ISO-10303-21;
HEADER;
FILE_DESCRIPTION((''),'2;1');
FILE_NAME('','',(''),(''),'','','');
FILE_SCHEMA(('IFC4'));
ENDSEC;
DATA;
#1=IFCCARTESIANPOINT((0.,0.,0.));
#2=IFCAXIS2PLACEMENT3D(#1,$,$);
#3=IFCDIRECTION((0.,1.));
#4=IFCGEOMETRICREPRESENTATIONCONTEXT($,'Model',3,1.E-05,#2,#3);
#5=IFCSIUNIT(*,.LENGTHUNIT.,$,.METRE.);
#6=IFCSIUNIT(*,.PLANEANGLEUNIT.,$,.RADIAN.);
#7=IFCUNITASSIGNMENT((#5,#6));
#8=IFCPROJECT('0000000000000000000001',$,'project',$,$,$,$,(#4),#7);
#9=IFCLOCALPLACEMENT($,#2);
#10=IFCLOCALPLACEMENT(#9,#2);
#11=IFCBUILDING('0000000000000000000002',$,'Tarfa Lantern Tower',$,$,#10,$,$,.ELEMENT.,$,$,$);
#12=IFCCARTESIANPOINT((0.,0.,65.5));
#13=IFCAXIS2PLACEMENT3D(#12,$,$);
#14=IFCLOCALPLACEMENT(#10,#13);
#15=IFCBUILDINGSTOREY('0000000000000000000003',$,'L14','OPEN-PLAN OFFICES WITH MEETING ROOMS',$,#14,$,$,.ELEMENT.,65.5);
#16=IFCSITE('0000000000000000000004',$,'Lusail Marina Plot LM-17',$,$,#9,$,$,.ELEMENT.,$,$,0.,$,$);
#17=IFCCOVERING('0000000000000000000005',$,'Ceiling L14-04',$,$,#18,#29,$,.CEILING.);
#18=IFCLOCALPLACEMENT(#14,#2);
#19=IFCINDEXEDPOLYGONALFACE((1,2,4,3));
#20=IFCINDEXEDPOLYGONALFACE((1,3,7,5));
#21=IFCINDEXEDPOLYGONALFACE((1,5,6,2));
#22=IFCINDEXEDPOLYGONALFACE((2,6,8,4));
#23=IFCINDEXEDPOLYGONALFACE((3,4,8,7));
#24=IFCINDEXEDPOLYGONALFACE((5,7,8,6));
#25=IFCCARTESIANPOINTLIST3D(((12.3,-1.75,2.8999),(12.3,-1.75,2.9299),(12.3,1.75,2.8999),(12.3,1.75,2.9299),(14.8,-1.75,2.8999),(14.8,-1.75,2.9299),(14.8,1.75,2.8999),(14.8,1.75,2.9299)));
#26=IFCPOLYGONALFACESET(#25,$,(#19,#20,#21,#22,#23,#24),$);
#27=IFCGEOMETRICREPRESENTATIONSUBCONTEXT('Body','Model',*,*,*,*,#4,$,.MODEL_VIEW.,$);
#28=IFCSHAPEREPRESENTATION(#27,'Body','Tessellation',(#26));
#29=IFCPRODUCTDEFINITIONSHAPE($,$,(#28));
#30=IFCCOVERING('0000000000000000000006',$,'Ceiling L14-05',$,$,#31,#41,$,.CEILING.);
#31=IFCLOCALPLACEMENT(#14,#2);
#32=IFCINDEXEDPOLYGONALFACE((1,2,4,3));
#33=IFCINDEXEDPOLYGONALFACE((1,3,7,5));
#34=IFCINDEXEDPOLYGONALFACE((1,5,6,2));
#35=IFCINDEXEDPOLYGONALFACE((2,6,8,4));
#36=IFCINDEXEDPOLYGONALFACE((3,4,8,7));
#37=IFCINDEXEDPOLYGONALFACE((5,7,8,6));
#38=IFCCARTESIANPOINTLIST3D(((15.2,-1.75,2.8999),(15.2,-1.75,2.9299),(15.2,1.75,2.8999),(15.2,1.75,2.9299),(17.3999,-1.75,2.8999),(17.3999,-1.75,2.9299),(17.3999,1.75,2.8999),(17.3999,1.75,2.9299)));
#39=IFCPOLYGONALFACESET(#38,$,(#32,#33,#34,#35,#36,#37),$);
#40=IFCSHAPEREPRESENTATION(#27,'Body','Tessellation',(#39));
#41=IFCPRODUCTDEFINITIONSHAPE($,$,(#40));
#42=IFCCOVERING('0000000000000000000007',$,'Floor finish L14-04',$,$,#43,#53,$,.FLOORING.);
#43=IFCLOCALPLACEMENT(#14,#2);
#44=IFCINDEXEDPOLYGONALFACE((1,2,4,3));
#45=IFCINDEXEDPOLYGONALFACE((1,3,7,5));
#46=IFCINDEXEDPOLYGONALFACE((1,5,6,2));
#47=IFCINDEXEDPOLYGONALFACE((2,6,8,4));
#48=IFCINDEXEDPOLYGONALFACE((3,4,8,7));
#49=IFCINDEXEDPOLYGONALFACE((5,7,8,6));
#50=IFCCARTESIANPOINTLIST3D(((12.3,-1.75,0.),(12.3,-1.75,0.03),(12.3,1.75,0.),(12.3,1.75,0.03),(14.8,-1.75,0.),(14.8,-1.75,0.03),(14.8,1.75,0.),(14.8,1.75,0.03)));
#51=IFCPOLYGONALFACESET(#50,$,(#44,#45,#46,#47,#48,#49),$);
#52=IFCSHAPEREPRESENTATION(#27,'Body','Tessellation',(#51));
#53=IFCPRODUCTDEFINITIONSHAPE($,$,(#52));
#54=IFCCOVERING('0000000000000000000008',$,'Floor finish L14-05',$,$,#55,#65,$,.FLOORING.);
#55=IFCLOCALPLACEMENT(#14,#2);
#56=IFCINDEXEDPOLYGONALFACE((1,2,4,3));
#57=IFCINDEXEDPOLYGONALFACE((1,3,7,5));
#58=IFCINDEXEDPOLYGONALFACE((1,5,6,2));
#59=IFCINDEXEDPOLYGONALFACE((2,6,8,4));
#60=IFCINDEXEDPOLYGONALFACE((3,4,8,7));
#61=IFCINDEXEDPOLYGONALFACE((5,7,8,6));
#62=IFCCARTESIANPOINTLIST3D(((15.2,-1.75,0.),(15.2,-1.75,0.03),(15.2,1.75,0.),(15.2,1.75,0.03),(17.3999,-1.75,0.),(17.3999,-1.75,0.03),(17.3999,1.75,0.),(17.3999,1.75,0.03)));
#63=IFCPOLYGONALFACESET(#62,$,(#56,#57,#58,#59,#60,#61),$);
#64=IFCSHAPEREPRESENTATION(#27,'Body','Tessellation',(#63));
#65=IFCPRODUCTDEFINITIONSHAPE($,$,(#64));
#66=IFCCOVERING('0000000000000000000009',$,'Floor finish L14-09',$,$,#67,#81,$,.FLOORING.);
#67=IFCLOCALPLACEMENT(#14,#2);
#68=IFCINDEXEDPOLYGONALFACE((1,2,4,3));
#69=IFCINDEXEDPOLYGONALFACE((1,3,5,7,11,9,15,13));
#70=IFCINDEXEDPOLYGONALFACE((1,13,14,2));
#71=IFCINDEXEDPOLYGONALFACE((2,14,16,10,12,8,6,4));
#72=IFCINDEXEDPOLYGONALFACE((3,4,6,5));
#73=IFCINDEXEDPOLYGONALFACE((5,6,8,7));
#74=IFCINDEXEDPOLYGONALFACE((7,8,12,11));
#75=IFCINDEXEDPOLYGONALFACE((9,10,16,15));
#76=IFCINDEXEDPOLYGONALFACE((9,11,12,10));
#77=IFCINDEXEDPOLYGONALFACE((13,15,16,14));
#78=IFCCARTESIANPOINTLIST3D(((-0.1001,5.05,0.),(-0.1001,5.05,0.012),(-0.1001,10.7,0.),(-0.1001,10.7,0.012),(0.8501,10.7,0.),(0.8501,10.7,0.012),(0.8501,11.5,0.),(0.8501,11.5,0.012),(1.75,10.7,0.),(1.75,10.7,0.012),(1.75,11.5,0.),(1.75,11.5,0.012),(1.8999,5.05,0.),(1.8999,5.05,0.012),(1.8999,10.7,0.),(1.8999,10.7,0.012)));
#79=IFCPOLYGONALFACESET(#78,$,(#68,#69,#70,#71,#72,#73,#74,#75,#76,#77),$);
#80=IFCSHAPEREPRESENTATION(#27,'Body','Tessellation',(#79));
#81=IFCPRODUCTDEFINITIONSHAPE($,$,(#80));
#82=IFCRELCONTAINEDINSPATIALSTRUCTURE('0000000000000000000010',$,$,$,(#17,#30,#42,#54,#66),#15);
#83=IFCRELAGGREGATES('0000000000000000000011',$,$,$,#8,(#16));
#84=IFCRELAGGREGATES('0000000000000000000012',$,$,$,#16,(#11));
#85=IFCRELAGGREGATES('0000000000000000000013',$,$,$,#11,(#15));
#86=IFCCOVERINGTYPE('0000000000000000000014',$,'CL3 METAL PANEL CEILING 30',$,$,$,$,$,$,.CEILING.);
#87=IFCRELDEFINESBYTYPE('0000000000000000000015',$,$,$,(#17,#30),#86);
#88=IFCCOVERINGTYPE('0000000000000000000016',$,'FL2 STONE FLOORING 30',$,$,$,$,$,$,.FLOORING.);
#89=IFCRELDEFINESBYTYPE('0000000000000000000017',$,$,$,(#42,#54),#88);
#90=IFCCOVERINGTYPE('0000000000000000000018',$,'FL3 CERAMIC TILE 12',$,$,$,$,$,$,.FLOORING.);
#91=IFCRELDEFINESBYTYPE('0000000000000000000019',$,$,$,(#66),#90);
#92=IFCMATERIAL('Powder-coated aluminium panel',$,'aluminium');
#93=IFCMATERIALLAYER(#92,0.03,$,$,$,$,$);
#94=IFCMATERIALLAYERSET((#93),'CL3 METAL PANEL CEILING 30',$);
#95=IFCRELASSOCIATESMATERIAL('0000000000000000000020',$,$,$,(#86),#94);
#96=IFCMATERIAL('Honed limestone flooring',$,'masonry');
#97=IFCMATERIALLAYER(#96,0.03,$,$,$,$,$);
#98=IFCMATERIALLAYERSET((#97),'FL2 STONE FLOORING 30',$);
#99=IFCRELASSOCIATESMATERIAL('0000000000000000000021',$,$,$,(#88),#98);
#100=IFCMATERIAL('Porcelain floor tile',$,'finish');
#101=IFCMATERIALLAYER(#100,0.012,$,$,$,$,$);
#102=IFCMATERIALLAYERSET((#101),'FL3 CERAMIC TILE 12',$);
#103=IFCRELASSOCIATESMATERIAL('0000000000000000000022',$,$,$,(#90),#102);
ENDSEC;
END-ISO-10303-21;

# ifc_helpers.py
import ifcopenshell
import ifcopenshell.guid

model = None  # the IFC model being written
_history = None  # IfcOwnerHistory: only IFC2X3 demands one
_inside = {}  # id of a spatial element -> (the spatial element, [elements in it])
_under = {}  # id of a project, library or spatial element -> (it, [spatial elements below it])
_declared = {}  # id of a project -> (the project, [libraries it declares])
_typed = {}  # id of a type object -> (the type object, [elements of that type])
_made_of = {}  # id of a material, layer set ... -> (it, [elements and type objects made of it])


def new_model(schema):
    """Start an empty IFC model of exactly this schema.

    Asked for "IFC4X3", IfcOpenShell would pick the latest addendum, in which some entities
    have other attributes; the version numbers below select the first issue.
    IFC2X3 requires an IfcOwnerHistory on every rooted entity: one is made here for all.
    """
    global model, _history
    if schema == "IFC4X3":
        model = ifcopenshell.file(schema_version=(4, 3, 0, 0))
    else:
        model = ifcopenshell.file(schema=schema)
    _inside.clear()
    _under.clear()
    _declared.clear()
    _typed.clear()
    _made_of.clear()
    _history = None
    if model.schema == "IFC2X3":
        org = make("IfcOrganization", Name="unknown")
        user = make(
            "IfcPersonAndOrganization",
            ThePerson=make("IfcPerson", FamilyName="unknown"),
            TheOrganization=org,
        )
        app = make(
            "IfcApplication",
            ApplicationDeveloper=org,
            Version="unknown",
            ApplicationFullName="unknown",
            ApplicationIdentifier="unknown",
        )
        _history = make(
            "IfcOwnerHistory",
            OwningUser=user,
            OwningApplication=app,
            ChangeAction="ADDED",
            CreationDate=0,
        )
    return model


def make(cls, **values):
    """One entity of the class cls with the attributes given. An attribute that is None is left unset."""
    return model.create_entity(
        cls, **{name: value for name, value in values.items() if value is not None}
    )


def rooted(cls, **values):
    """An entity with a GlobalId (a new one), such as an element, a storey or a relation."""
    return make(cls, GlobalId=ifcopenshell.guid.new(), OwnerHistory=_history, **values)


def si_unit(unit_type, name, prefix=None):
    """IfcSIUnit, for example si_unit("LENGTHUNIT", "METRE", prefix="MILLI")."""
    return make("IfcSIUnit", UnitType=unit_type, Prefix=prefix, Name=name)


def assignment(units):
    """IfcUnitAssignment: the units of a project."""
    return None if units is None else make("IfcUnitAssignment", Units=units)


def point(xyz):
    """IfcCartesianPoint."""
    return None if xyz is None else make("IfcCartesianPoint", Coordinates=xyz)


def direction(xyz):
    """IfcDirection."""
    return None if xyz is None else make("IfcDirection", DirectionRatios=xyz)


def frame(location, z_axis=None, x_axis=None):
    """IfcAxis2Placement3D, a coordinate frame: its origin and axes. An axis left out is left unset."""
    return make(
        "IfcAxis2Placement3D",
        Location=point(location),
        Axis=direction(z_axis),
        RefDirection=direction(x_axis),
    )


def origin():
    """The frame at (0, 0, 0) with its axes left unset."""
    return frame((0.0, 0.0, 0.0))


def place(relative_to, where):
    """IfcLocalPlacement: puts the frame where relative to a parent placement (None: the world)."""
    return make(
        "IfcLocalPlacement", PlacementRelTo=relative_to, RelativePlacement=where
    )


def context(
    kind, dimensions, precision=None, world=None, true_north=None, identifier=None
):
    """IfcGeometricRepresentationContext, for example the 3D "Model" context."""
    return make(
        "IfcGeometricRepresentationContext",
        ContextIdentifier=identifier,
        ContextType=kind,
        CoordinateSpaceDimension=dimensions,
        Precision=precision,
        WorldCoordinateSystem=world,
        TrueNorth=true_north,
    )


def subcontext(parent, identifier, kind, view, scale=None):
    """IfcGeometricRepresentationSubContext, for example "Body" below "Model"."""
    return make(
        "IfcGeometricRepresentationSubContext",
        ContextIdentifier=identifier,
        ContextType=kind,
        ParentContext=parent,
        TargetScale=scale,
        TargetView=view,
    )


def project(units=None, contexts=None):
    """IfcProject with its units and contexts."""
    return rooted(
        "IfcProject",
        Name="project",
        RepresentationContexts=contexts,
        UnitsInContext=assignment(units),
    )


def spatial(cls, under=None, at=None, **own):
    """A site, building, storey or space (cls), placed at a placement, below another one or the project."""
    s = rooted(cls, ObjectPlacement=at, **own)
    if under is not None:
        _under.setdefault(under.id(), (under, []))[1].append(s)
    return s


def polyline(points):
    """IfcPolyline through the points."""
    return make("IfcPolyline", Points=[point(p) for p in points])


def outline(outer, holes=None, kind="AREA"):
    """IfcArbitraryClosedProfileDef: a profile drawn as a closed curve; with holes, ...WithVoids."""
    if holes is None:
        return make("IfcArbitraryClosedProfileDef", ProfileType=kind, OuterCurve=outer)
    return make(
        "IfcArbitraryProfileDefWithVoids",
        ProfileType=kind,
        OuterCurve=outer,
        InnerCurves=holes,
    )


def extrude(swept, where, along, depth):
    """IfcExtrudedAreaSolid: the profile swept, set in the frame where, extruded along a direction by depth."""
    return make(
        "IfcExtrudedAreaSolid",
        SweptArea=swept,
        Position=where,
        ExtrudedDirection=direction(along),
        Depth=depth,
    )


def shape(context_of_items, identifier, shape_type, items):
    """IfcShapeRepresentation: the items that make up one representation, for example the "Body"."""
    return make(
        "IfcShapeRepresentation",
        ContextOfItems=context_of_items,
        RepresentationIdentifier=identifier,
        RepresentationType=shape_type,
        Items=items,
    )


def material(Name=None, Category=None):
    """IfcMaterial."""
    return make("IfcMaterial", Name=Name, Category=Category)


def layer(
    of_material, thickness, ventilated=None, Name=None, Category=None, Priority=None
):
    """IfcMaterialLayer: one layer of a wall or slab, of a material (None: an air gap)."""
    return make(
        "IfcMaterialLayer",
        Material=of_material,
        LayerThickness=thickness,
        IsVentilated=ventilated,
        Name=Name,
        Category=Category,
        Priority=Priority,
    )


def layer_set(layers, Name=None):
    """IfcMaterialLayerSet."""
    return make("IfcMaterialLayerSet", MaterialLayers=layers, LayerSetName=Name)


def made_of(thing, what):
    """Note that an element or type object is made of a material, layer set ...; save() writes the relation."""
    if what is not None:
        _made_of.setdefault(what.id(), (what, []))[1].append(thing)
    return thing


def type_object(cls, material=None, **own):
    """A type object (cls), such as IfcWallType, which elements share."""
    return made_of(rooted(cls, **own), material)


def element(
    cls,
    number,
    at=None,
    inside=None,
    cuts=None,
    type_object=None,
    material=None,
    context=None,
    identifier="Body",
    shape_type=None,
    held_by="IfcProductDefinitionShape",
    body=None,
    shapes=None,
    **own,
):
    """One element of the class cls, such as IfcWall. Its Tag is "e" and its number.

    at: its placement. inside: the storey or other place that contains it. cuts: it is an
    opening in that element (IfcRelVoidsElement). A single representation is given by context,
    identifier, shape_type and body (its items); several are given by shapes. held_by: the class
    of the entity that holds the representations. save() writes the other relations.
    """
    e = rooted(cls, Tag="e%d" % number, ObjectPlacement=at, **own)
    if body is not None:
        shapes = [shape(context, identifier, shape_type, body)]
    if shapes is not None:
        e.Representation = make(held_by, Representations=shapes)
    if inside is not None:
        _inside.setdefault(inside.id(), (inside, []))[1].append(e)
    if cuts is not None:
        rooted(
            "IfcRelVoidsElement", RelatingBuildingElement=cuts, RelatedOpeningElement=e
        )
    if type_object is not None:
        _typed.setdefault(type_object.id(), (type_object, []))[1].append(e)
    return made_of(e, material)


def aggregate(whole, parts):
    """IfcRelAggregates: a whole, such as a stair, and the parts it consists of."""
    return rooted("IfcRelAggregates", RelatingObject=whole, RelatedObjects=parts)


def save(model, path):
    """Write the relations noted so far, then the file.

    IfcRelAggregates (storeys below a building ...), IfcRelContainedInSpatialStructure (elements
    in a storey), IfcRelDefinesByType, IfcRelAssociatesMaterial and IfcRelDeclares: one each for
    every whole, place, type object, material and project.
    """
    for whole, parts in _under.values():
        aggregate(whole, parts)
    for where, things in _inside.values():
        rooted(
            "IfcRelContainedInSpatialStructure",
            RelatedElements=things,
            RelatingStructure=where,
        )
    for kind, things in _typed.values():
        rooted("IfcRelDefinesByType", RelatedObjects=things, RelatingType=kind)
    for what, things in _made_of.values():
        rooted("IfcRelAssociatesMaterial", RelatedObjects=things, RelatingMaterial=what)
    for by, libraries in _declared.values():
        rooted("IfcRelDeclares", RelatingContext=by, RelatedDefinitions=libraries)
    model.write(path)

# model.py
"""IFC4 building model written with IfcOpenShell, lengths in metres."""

from ifc_helpers import new_model, si_unit, direction, frame, origin, place, context, subcontext, project, spatial, polyline, outline, extrude, material, layer, layer_set, type_object, element, save


model = new_model("IFC4")

# Units and contexts
model_context = context("Model", 3, precision=1e-05, world=origin(), true_north=direction((0.0, 1.0)))
body_context = subcontext(model_context, "Body", "Model", "MODEL_VIEW")
ifc_project = project(units=[si_unit("LENGTHUNIT", "METRE"), si_unit("PLANEANGLEUNIT", "RADIAN")], contexts=[model_context])

# Site, building, storey
site_placement = place(None, origin())
site = spatial("IfcSite", under=ifc_project, at=site_placement, Name="Lusail Marina Plot LM-17", CompositionType="ELEMENT", RefElevation=0.0)
building_placement = place(site_placement, origin())
building = spatial("IfcBuilding", under=site, at=building_placement, Name="Tarfa Lantern Tower", CompositionType="ELEMENT")
storey_placement = place(building_placement, frame((0.0, 0.0, 65.5)))
storey = spatial("IfcBuildingStorey", under=building, at=storey_placement, Name="L14", Description="OPEN-PLAN OFFICES WITH MEETING ROOMS", CompositionType="ELEMENT", Elevation=65.5)

# Coverings
ifc_material_1 = material(Name="Powder-coated aluminium panel", Category="aluminium")
ifc_layer_1 = layer(ifc_material_1, 0.03)
ifc_layer_set_1 = layer_set([ifc_layer_1], Name="CL3 METAL PANEL CEILING 30")
covering_type_1 = type_object("IfcCoveringType", Name="CL3 METAL PANEL CEILING 30", PredefinedType="CEILING", material=ifc_layer_set_1)
covering_1_placement = place(storey_placement, frame((0.0, 0.0, 2.8999)))
element("IfcCovering", 1, at=covering_1_placement, inside=storey, type_object=covering_type_1, Name="Ceiling L14-04", PredefinedType="CEILING", context=body_context, shape_type="SweptSolid", body=[
    extrude(outline(polyline([(12.3, -1.75), (14.8, -1.75), (14.8, 1.75), (12.3, 1.75), (12.3, -1.75)])), origin(), (0.0, 0.0, 1.0), 0.03),
])
covering_2_placement = place(storey_placement, frame((0.0, 0.0, 2.8999)))
element("IfcCovering", 2, at=covering_2_placement, inside=storey, type_object=covering_type_1, Name="Ceiling L14-05", PredefinedType="CEILING", context=body_context, shape_type="SweptSolid", body=[
    extrude(outline(polyline([(15.2, -1.75), (17.3999, -1.75), (17.3999, 1.75), (15.2, 1.75), (15.2, -1.75)])), origin(), (0.0, 0.0, 1.0), 0.03),
])
ifc_material_2 = material(Name="Honed limestone flooring", Category="masonry")
ifc_layer_2 = layer(ifc_material_2, 0.03)
ifc_layer_set_2 = layer_set([ifc_layer_2], Name="FL2 STONE FLOORING 30")
covering_type_2 = type_object("IfcCoveringType", Name="FL2 STONE FLOORING 30", PredefinedType="FLOORING", material=ifc_layer_set_2)
covering_3_placement = place(storey_placement, origin())
element("IfcCovering", 3, at=covering_3_placement, inside=storey, type_object=covering_type_2, Name="Floor finish L14-04", PredefinedType="FLOORING", context=body_context, shape_type="SweptSolid", body=[
    extrude(outline(polyline([(12.3, -1.75), (14.8, -1.75), (14.8, 1.75), (12.3, 1.75), (12.3, -1.75)])), origin(), (0.0, 0.0, 1.0), 0.03),
])
covering_4_placement = place(storey_placement, origin())
element("IfcCovering", 4, at=covering_4_placement, inside=storey, type_object=covering_type_2, Name="Floor finish L14-05", PredefinedType="FLOORING", context=body_context, shape_type="SweptSolid", body=[
    extrude(outline(polyline([(15.2, -1.75), (17.3999, -1.75), (17.3999, 1.75), (15.2, 1.75), (15.2, -1.75)])), origin(), (0.0, 0.0, 1.0), 0.03),
])
ifc_material_3 = material(Name="Porcelain floor tile", Category="finish")
ifc_layer_3 = layer(ifc_material_3, 0.012)
ifc_layer_set_3 = layer_set([ifc_layer_3], Name="FL3 CERAMIC TILE 12")
covering_type_3 = type_object("IfcCoveringType", Name="FL3 CERAMIC TILE 12", PredefinedType="FLOORING", material=ifc_layer_set_3)
covering_5_placement = place(storey_placement, origin())
element("IfcCovering", 5, at=covering_5_placement, inside=storey, type_object=covering_type_3, Name="Floor finish L14-09", PredefinedType="FLOORING", context=body_context, shape_type="SweptSolid", body=[
    extrude(outline(polyline([(0.8501, 10.7), (-0.1001, 10.7), (-0.1001, 5.05), (1.8999, 5.05), (1.8999, 10.7), (1.75, 10.7), (1.75, 11.5), (1.75, 11.5), (0.8501, 11.5), (0.8501, 10.7)])), origin(), (0.0, 0.0, 1.0), 0.012),
])

save(model, "model.ifc")
